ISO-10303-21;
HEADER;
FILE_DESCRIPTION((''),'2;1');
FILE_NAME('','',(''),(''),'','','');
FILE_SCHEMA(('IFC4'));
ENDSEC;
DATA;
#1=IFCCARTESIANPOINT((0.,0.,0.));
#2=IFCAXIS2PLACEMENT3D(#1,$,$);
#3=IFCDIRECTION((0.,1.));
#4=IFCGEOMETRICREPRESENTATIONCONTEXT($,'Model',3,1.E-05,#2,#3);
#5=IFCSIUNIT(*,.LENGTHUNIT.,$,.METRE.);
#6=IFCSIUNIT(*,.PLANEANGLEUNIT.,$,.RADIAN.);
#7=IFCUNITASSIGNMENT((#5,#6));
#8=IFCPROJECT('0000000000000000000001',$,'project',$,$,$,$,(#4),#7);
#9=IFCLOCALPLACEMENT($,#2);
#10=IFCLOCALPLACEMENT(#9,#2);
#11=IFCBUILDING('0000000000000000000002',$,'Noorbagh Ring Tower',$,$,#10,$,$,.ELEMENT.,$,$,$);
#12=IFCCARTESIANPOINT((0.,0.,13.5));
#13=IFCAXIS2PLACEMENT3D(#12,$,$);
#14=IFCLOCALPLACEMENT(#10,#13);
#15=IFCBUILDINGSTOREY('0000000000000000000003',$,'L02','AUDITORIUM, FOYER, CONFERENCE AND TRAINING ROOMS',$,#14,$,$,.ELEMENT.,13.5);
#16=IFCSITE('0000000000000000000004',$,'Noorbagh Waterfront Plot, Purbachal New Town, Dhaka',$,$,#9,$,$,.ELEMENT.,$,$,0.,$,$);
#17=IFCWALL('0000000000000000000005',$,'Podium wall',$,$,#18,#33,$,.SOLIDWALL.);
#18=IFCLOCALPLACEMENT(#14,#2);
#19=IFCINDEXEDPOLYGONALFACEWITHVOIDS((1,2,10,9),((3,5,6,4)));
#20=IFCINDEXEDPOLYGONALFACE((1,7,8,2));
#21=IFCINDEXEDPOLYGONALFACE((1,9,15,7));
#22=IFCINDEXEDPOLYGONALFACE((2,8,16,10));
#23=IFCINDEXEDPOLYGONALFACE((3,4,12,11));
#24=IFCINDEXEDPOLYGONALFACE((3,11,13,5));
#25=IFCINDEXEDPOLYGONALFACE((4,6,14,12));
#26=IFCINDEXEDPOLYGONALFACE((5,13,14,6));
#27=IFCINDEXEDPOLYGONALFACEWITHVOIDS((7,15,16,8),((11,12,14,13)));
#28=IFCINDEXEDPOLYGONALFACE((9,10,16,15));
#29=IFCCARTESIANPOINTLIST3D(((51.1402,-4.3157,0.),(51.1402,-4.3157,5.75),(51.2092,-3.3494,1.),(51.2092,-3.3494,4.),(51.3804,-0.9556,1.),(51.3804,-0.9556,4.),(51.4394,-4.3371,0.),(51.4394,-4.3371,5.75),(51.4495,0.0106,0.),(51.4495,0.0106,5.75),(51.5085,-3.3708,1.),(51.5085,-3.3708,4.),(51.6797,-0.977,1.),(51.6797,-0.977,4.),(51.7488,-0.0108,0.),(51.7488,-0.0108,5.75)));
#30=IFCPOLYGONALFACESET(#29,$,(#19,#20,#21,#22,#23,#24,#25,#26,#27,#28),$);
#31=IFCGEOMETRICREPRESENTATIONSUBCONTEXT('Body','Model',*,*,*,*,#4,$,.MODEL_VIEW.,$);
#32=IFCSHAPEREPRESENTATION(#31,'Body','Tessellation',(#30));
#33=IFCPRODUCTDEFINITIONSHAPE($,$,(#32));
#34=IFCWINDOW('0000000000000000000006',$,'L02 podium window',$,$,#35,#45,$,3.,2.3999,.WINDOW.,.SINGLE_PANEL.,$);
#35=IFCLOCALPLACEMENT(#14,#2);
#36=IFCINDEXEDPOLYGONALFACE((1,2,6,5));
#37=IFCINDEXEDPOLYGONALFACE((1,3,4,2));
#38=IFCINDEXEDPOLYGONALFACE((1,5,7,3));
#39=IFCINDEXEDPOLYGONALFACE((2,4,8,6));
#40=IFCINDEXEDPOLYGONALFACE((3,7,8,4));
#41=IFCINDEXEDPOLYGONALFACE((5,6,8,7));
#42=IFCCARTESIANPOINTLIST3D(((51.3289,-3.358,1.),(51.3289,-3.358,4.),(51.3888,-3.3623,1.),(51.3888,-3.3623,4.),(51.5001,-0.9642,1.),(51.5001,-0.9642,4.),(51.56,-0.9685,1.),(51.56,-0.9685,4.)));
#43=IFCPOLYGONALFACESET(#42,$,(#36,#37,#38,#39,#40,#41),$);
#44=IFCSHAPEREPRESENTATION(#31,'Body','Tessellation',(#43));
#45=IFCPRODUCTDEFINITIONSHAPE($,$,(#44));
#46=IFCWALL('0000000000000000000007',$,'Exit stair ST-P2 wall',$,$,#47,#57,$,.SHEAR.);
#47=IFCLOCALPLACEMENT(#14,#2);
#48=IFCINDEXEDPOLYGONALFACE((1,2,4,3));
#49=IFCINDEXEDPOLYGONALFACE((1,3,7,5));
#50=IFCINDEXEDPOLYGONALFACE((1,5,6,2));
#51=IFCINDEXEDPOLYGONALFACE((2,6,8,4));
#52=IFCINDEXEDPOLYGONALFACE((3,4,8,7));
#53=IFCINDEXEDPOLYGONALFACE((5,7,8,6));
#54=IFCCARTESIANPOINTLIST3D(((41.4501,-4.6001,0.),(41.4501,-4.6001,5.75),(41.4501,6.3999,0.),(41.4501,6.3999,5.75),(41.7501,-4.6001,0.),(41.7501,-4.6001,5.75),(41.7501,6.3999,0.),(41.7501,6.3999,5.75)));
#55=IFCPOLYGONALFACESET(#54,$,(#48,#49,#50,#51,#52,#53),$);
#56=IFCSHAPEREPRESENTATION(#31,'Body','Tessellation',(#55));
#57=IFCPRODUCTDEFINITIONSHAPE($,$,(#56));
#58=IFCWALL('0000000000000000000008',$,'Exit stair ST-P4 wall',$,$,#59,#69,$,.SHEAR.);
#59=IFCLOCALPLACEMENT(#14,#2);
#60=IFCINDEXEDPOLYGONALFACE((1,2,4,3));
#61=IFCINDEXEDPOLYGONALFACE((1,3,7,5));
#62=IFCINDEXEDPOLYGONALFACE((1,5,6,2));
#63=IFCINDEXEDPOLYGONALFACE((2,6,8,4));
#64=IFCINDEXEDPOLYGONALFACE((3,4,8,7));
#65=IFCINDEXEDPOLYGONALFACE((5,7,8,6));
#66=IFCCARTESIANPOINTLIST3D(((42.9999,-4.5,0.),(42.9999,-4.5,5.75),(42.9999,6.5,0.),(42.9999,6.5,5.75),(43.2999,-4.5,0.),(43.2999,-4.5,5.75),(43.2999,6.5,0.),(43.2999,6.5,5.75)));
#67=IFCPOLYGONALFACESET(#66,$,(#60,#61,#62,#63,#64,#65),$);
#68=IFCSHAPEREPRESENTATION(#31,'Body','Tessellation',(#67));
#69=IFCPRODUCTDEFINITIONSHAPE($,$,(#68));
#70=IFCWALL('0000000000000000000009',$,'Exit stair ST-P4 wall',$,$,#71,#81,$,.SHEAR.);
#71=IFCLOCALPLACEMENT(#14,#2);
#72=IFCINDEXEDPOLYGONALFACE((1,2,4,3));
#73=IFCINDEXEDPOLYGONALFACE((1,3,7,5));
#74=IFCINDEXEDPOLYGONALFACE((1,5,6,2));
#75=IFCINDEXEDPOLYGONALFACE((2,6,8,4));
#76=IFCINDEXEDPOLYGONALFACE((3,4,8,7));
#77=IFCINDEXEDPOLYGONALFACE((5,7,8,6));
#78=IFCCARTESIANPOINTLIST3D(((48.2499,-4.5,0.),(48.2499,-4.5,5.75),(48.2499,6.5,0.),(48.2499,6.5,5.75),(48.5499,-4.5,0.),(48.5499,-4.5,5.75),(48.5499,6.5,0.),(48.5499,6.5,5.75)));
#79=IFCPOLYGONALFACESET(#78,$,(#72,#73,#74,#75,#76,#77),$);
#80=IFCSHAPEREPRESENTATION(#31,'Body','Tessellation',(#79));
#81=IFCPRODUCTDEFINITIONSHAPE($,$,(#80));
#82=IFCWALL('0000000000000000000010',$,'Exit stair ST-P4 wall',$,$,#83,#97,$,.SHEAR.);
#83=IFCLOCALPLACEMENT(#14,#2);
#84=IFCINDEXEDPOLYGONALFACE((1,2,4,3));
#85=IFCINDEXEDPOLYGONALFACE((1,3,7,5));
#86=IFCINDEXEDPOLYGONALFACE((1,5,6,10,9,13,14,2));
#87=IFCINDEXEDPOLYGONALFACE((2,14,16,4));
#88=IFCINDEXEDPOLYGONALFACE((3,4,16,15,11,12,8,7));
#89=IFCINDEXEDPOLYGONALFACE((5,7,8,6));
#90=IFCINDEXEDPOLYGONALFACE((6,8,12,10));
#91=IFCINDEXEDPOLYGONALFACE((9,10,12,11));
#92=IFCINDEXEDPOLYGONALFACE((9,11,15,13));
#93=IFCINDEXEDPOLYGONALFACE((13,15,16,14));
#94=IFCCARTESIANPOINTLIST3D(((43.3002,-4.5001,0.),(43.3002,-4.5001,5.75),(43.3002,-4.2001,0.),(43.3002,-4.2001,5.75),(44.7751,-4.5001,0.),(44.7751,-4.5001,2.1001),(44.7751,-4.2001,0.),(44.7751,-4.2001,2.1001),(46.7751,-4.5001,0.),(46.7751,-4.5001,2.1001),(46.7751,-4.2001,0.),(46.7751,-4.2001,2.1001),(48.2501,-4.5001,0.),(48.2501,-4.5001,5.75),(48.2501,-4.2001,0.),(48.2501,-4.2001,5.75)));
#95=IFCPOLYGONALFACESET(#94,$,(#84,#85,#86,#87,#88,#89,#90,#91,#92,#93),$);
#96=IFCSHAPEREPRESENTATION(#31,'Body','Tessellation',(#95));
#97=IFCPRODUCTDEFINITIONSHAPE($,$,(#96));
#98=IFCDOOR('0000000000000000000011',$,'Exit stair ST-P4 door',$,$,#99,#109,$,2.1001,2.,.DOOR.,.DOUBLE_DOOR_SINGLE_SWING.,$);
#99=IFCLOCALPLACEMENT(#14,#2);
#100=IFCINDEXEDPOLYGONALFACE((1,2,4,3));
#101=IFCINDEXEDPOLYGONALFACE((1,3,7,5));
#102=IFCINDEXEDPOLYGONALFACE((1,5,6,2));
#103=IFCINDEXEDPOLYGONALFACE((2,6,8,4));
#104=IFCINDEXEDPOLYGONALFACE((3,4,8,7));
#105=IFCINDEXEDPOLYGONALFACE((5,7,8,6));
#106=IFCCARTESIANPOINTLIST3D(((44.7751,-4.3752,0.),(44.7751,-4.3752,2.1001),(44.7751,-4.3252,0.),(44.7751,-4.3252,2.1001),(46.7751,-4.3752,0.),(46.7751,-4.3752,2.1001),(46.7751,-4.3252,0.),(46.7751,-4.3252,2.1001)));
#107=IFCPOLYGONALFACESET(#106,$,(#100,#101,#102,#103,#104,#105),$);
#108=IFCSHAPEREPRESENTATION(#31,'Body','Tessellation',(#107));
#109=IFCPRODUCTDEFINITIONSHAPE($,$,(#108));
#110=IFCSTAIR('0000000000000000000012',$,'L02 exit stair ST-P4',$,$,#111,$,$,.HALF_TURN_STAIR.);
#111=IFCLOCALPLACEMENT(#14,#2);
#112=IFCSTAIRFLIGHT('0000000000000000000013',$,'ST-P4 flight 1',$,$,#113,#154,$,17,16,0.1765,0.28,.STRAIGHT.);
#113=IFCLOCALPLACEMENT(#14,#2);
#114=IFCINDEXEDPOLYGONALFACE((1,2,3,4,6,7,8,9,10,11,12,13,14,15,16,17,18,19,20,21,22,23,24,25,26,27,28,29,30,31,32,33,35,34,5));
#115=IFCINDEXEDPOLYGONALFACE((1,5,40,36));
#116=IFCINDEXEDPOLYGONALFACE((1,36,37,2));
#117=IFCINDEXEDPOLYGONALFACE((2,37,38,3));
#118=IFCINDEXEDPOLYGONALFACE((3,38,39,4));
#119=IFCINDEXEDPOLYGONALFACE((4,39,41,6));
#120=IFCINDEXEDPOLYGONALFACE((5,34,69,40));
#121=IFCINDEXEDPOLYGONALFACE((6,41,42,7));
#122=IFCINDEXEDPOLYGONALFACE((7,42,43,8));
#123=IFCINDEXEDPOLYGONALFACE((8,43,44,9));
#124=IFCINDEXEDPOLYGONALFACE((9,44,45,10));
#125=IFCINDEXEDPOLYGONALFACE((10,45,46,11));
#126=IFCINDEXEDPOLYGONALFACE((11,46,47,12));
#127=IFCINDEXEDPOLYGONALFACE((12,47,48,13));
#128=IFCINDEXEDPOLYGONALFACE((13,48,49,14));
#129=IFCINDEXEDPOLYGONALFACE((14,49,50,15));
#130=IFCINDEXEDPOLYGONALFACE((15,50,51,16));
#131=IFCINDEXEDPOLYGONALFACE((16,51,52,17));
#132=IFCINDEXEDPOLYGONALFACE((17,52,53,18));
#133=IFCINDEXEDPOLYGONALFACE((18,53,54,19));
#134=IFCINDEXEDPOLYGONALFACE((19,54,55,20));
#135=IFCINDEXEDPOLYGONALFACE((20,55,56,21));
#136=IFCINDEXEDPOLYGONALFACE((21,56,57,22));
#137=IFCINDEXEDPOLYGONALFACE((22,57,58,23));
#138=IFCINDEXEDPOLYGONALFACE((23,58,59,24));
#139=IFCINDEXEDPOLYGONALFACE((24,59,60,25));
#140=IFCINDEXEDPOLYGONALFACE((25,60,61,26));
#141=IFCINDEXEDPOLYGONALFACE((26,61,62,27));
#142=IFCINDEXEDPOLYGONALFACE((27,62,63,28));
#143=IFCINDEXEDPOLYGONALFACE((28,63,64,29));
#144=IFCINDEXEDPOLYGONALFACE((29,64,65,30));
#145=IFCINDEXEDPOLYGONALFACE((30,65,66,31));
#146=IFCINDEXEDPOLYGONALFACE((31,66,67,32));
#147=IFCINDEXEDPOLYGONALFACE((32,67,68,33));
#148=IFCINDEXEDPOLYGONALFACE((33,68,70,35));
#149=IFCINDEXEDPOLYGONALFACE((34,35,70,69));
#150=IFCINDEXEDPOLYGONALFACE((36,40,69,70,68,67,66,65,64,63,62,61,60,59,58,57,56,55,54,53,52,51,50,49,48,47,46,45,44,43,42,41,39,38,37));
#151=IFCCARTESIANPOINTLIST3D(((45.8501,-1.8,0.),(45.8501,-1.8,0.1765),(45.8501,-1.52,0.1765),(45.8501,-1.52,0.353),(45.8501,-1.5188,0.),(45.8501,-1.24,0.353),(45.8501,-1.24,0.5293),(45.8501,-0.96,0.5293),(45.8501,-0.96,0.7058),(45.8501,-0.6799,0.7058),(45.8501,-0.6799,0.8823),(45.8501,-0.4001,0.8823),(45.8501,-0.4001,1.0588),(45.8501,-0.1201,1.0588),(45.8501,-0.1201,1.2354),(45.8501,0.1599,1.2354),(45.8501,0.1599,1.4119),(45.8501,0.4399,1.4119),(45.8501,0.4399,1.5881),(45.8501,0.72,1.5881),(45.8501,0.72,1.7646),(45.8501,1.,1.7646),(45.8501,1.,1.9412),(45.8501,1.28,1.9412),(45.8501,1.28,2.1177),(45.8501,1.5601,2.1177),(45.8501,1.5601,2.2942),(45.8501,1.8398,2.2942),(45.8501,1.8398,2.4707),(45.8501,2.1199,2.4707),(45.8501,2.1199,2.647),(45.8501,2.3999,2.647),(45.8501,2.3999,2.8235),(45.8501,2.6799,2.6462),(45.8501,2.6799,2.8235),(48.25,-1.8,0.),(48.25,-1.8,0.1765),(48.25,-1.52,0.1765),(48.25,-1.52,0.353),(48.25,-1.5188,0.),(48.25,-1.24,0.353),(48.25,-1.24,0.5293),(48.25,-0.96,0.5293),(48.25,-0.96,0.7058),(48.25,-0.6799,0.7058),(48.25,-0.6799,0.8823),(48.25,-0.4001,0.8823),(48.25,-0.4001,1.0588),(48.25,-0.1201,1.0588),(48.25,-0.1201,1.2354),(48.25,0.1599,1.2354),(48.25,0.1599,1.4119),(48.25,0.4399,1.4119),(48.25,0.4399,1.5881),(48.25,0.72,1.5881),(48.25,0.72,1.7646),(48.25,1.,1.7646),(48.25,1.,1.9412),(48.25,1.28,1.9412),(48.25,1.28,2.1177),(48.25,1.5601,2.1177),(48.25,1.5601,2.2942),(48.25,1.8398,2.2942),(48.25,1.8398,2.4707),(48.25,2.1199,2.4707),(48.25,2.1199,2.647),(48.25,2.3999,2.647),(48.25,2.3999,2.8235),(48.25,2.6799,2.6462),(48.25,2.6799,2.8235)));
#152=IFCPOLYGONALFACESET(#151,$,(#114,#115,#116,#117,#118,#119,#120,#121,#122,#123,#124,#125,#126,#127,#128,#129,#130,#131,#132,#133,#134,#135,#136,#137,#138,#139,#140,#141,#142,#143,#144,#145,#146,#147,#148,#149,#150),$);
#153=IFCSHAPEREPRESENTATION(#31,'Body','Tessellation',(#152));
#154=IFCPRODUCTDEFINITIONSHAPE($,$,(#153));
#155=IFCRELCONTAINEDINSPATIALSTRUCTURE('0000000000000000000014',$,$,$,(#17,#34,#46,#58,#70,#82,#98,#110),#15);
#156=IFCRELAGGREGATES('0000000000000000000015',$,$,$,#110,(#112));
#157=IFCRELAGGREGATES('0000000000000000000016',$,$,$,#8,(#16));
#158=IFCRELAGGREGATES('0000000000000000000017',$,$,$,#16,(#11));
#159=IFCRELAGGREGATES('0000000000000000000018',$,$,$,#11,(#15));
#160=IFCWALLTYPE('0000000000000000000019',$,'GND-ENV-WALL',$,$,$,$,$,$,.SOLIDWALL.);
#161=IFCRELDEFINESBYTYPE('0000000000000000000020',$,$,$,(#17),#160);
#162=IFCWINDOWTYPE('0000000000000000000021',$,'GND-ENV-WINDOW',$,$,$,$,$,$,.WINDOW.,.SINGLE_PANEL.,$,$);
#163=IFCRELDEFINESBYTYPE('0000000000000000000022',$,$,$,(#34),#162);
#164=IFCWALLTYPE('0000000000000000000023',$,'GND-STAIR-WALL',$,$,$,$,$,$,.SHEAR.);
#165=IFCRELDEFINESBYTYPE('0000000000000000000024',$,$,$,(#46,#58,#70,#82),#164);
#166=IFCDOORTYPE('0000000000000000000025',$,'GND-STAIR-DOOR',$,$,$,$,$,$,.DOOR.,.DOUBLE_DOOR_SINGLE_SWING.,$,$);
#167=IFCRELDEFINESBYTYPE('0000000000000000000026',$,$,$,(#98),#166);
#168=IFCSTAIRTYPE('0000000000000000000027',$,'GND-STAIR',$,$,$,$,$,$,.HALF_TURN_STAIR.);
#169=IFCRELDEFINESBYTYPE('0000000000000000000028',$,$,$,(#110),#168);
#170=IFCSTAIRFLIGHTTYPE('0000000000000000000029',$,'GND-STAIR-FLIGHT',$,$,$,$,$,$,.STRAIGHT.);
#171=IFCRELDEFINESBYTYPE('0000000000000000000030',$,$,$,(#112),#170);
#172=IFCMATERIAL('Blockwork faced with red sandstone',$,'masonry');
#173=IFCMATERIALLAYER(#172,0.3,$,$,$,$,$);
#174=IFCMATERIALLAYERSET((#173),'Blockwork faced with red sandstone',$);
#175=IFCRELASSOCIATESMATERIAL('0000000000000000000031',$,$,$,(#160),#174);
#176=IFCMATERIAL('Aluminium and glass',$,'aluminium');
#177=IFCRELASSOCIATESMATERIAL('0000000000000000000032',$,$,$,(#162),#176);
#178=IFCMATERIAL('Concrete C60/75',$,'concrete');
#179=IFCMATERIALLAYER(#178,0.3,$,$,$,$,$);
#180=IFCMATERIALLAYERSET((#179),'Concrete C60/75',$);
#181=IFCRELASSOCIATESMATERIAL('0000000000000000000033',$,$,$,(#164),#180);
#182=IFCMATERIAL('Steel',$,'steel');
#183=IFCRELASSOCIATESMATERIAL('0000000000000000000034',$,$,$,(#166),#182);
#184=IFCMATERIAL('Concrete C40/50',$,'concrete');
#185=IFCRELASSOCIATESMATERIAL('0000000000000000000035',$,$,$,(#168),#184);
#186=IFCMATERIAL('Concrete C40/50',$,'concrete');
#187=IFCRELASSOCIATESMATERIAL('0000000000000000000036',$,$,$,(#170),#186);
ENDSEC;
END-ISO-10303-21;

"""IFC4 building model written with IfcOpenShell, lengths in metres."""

from ifc_helpers import new_model, si_unit, direction, frame, frame_2d, origin, place, context, subcontext, project, spatial, polyline, rectangle, outline, extrude, material, layer, layer_set, type_object, element, fill, aggregate, save


model = new_model("IFC4")

# Units and contexts
model_context = context("Model", 3, precision=1e-05, world=origin(), true_north=direction((0.0, 1.0)))
body_context = subcontext(model_context, "Body", "Model", "MODEL_VIEW")
ifc_project = project(units=[si_unit("LENGTHUNIT", "METRE"), si_unit("PLANEANGLEUNIT", "RADIAN")], contexts=[model_context])

# Site, building, storey
site_placement = place(None, origin())
site = spatial("IfcSite", under=ifc_project, at=site_placement, Name="Noorbagh Waterfront Plot, Purbachal New Town, Dhaka", CompositionType="ELEMENT", RefElevation=0.0)
building_placement = place(site_placement, origin())
building = spatial("IfcBuilding", under=site, at=building_placement, Name="Noorbagh Ring Tower", CompositionType="ELEMENT")
storey_placement = place(building_placement, frame((0.0, 0.0, 13.5)))
storey = spatial("IfcBuildingStorey", under=building, at=storey_placement, Name="L02", Description="AUDITORIUM, FOYER, CONFERENCE AND TRAINING ROOMS", CompositionType="ELEMENT", Elevation=13.5)

# Wall, opening, window
ifc_material_1 = material(Name="Blockwork faced with red sandstone", Category="masonry")
ifc_layer_1 = layer(ifc_material_1, 0.3)
ifc_layer_set_1 = layer_set([ifc_layer_1], Name="Blockwork faced with red sandstone")
wall_type_1 = type_object("IfcWallType", Name="GND-ENV-WALL", PredefinedType="SOLIDWALL", material=ifc_layer_set_1)
ifc_material_2 = material(Name="Aluminium and glass", Category="aluminium")
window_type = type_object("IfcWindowType", Name="GND-ENV-WINDOW", PartitioningType="SINGLE_PANEL", PredefinedType="WINDOW", material=ifc_material_2)
wall_1_placement = place(storey_placement, frame((51.2898, -4.3264, 0.0), z_axis=(0.0, 0.0, 1.0), x_axis=(0.071315, 0.997454, 0.0)))
wall_1 = element("IfcWall", 1, at=wall_1_placement, inside=storey, type_object=wall_type_1, Name="Podium wall", PredefinedType="SOLIDWALL", context=body_context, shape_type="SweptSolid", body=[
    extrude(rectangle(XDim=4.3374, YDim=0.3, at=frame_2d((2.1687, 0.0))), origin(), (0.0, 0.0, 1.0), 5.75),
])
opening_1_placement = place(wall_1_placement, frame((0.9688, 0.0, 1.0)))
opening_1 = element("IfcOpeningElement", 2, at=opening_1_placement, cuts=wall_1, PredefinedType="OPENING", context=body_context, shape_type="SweptSolid", body=[
    extrude(rectangle(XDim=2.3999, YDim=3.0, at=frame_2d((1.2, 1.5))), frame((0.0, 0.1602, 0.0), z_axis=(0.0, -1.0, 0.0), x_axis=(1.0, 0.0, 0.0)), (0.0, 0.0, 1.0), 0.3201),
])
window_1_placement = place(opening_1_placement, origin())
window_1 = element("IfcWindow", 3, at=window_1_placement, inside=storey, type_object=window_type, Name="L02 podium window", OverallHeight=3.0, OverallWidth=2.3999, PartitioningType="SINGLE_PANEL", PredefinedType="WINDOW", context=body_context, shape_type="SweptSolid", body=[
    extrude(rectangle(XDim=2.3999, YDim=3.0, at=frame_2d((1.2, 1.5))), frame((0.0, 0.03, 0.0), z_axis=(0.0, -1.0, 0.0), x_axis=(1.0, 0.0, 0.0)), (0.0, 0.0, 1.0), 0.0601),
])
fill(opening_1, window_1)

# Walls
ifc_material_3 = material(Name="Concrete C60/75", Category="concrete")
ifc_layer_2 = layer(ifc_material_3, 0.3)
ifc_layer_set_2 = layer_set([ifc_layer_2], Name="Concrete C60/75")
wall_type_2 = type_object("IfcWallType", Name="GND-STAIR-WALL", PredefinedType="SHEAR", material=ifc_layer_set_2)
for number, where, z_axis, x_axis, name in (
    (4, (41.6001, -4.6001, 0.0), (0.0, 0.0, 1.0), (0.0, 1.0, 0.0), "Exit stair ST-P2 wall"),
    (5, (43.1499, -4.5, 0.0), (0.0, 0.0, 1.0), (0.0, 1.0, 0.0), "Exit stair ST-P4 wall"),
    (6, (48.3999, -4.5, 0.0), (0.0, 0.0, 1.0), (0.0, 1.0, 0.0), "Exit stair ST-P4 wall"),
):
    element("IfcWall", number, at=place(storey_placement, frame(where, z_axis=z_axis, x_axis=x_axis)), inside=storey, type_object=wall_type_2, Name=name, PredefinedType="SHEAR", context=body_context, shape_type="SweptSolid", body=[
        extrude(rectangle(XDim=11.0, YDim=0.3, at=frame_2d((5.5, 0.0))), origin(), (0.0, 0.0, 1.0), 5.75),
    ])

# Wall, opening, door
wall_2_placement = place(storey_placement, frame((43.3, -4.3501, 0.0), z_axis=(0.0, 0.0, 1.0), x_axis=(1.0, 0.0, 0.0)))
wall_2 = element("IfcWall", 7, at=wall_2_placement, inside=storey, type_object=wall_type_2, Name="Exit stair ST-P4 wall", PredefinedType="SHEAR", context=body_context, shape_type="SweptSolid", body=[
    extrude(rectangle(XDim=4.95, YDim=0.3, at=frame_2d((2.4751, 0.0))), origin(), (0.0, 0.0, 1.0), 5.75),
])
opening_2_placement = place(wall_2_placement, frame((1.4751, 0.0, 0.0)))
opening_2 = element("IfcOpeningElement", 8, at=opening_2_placement, cuts=wall_2, PredefinedType="OPENING", context=body_context, shape_type="SweptSolid", body=[
    extrude(rectangle(XDim=2.0, YDim=2.1001, at=frame_2d((1.0, 1.05))), frame((0.0, 0.1602, 0.0), z_axis=(0.0, -1.0, 0.0), x_axis=(1.0, 0.0, 0.0)), (0.0, 0.0, 1.0), 0.3201),
])
ifc_material_4 = material(Name="Steel", Category="steel")
door_type = type_object("IfcDoorType", Name="GND-STAIR-DOOR", OperationType="DOUBLE_DOOR_SINGLE_SWING", PredefinedType="DOOR", material=ifc_material_4)
door_placement = place(opening_2_placement, origin())
door = element("IfcDoor", 9, at=door_placement, inside=storey, type_object=door_type, Name="Exit stair ST-P4 door", OperationType="DOUBLE_DOOR_SINGLE_SWING", OverallHeight=2.1001, OverallWidth=2.0, PredefinedType="DOOR", context=body_context, shape_type="SweptSolid", body=[
    extrude(rectangle(XDim=2.0, YDim=2.1001, at=frame_2d((1.0, 1.05))), frame((0.0, 0.0249, 0.0), z_axis=(0.0, -1.0, 0.0), x_axis=(1.0, 0.0, 0.0)), (0.0, 0.0, 1.0), 0.05),
])
fill(opening_2, door)

# Stair, stair flight
ifc_material_5 = material(Name="Concrete C40/50", Category="concrete")
stair_type = type_object("IfcStairType", Name="GND-STAIR", PredefinedType="HALF_TURN_STAIR", material=ifc_material_5)
stair_placement = place(storey_placement, origin())
stair = element("IfcStair", 10, at=stair_placement, inside=storey, type_object=stair_type, Name="L02 exit stair ST-P4", PredefinedType="HALF_TURN_STAIR")
ifc_material_6 = material(Name="Concrete C40/50", Category="concrete")
stair_flight_type = type_object("IfcStairFlightType", Name="GND-STAIR-FLIGHT", PredefinedType="STRAIGHT", material=ifc_material_6)
stair_flight_placement = place(storey_placement, frame((47.05, -1.8, 0.0), z_axis=(0.0, 0.0, 1.0), x_axis=(0.0, 1.0, 0.0)))
stair_flight = element("IfcStairFlight", 11, at=stair_flight_placement, type_object=stair_flight_type, Name="ST-P4 flight 1", NumberOfRisers=17, NumberOfTreads=16, PredefinedType="STRAIGHT", RiserHeight=0.1765, TreadLength=0.28, context=body_context, shape_type="SweptSolid", body=[
    extrude(outline(polyline([(0.0, 0.0), (0.0, 0.1765), (0.28, 0.1765), (0.28, 0.353), (0.5601, 0.353), (0.5601, 0.5293), (0.8401, 0.5293), (0.8401, 0.7058), (1.1201, 0.7058), (1.1201, 0.8823), (1.3999, 0.8823), (1.3999, 1.0588), (1.6799, 1.0588), (1.6799, 1.2354), (1.96, 1.2354), (1.96, 1.4119), (2.24, 1.4119), (2.24, 1.5881), (2.52, 1.5881), (2.52, 1.7646), (2.8, 1.7646), (2.8, 1.9412), (3.0801, 1.9412), (3.0801, 2.1177), (3.3601, 2.1177), (3.3601, 2.2942), (3.6399, 2.2942), (3.6399, 2.4707), (3.9199, 2.4707), (3.9199, 2.647), (4.2, 2.647), (4.2, 2.8235), (4.48, 2.8235), (4.48, 3.0), (4.48, 2.6462), (0.2812, 0.0), (0.0, 0.0)])), frame((0.0, 1.2, 0.0), z_axis=(0.0, -1.0, 0.0), x_axis=(1.0, 0.0, 0.0)), (0.0, 0.0, 1.0), 2.3999),
])
aggregate(stair, [stair_flight])

save(model, "model.ifc")
